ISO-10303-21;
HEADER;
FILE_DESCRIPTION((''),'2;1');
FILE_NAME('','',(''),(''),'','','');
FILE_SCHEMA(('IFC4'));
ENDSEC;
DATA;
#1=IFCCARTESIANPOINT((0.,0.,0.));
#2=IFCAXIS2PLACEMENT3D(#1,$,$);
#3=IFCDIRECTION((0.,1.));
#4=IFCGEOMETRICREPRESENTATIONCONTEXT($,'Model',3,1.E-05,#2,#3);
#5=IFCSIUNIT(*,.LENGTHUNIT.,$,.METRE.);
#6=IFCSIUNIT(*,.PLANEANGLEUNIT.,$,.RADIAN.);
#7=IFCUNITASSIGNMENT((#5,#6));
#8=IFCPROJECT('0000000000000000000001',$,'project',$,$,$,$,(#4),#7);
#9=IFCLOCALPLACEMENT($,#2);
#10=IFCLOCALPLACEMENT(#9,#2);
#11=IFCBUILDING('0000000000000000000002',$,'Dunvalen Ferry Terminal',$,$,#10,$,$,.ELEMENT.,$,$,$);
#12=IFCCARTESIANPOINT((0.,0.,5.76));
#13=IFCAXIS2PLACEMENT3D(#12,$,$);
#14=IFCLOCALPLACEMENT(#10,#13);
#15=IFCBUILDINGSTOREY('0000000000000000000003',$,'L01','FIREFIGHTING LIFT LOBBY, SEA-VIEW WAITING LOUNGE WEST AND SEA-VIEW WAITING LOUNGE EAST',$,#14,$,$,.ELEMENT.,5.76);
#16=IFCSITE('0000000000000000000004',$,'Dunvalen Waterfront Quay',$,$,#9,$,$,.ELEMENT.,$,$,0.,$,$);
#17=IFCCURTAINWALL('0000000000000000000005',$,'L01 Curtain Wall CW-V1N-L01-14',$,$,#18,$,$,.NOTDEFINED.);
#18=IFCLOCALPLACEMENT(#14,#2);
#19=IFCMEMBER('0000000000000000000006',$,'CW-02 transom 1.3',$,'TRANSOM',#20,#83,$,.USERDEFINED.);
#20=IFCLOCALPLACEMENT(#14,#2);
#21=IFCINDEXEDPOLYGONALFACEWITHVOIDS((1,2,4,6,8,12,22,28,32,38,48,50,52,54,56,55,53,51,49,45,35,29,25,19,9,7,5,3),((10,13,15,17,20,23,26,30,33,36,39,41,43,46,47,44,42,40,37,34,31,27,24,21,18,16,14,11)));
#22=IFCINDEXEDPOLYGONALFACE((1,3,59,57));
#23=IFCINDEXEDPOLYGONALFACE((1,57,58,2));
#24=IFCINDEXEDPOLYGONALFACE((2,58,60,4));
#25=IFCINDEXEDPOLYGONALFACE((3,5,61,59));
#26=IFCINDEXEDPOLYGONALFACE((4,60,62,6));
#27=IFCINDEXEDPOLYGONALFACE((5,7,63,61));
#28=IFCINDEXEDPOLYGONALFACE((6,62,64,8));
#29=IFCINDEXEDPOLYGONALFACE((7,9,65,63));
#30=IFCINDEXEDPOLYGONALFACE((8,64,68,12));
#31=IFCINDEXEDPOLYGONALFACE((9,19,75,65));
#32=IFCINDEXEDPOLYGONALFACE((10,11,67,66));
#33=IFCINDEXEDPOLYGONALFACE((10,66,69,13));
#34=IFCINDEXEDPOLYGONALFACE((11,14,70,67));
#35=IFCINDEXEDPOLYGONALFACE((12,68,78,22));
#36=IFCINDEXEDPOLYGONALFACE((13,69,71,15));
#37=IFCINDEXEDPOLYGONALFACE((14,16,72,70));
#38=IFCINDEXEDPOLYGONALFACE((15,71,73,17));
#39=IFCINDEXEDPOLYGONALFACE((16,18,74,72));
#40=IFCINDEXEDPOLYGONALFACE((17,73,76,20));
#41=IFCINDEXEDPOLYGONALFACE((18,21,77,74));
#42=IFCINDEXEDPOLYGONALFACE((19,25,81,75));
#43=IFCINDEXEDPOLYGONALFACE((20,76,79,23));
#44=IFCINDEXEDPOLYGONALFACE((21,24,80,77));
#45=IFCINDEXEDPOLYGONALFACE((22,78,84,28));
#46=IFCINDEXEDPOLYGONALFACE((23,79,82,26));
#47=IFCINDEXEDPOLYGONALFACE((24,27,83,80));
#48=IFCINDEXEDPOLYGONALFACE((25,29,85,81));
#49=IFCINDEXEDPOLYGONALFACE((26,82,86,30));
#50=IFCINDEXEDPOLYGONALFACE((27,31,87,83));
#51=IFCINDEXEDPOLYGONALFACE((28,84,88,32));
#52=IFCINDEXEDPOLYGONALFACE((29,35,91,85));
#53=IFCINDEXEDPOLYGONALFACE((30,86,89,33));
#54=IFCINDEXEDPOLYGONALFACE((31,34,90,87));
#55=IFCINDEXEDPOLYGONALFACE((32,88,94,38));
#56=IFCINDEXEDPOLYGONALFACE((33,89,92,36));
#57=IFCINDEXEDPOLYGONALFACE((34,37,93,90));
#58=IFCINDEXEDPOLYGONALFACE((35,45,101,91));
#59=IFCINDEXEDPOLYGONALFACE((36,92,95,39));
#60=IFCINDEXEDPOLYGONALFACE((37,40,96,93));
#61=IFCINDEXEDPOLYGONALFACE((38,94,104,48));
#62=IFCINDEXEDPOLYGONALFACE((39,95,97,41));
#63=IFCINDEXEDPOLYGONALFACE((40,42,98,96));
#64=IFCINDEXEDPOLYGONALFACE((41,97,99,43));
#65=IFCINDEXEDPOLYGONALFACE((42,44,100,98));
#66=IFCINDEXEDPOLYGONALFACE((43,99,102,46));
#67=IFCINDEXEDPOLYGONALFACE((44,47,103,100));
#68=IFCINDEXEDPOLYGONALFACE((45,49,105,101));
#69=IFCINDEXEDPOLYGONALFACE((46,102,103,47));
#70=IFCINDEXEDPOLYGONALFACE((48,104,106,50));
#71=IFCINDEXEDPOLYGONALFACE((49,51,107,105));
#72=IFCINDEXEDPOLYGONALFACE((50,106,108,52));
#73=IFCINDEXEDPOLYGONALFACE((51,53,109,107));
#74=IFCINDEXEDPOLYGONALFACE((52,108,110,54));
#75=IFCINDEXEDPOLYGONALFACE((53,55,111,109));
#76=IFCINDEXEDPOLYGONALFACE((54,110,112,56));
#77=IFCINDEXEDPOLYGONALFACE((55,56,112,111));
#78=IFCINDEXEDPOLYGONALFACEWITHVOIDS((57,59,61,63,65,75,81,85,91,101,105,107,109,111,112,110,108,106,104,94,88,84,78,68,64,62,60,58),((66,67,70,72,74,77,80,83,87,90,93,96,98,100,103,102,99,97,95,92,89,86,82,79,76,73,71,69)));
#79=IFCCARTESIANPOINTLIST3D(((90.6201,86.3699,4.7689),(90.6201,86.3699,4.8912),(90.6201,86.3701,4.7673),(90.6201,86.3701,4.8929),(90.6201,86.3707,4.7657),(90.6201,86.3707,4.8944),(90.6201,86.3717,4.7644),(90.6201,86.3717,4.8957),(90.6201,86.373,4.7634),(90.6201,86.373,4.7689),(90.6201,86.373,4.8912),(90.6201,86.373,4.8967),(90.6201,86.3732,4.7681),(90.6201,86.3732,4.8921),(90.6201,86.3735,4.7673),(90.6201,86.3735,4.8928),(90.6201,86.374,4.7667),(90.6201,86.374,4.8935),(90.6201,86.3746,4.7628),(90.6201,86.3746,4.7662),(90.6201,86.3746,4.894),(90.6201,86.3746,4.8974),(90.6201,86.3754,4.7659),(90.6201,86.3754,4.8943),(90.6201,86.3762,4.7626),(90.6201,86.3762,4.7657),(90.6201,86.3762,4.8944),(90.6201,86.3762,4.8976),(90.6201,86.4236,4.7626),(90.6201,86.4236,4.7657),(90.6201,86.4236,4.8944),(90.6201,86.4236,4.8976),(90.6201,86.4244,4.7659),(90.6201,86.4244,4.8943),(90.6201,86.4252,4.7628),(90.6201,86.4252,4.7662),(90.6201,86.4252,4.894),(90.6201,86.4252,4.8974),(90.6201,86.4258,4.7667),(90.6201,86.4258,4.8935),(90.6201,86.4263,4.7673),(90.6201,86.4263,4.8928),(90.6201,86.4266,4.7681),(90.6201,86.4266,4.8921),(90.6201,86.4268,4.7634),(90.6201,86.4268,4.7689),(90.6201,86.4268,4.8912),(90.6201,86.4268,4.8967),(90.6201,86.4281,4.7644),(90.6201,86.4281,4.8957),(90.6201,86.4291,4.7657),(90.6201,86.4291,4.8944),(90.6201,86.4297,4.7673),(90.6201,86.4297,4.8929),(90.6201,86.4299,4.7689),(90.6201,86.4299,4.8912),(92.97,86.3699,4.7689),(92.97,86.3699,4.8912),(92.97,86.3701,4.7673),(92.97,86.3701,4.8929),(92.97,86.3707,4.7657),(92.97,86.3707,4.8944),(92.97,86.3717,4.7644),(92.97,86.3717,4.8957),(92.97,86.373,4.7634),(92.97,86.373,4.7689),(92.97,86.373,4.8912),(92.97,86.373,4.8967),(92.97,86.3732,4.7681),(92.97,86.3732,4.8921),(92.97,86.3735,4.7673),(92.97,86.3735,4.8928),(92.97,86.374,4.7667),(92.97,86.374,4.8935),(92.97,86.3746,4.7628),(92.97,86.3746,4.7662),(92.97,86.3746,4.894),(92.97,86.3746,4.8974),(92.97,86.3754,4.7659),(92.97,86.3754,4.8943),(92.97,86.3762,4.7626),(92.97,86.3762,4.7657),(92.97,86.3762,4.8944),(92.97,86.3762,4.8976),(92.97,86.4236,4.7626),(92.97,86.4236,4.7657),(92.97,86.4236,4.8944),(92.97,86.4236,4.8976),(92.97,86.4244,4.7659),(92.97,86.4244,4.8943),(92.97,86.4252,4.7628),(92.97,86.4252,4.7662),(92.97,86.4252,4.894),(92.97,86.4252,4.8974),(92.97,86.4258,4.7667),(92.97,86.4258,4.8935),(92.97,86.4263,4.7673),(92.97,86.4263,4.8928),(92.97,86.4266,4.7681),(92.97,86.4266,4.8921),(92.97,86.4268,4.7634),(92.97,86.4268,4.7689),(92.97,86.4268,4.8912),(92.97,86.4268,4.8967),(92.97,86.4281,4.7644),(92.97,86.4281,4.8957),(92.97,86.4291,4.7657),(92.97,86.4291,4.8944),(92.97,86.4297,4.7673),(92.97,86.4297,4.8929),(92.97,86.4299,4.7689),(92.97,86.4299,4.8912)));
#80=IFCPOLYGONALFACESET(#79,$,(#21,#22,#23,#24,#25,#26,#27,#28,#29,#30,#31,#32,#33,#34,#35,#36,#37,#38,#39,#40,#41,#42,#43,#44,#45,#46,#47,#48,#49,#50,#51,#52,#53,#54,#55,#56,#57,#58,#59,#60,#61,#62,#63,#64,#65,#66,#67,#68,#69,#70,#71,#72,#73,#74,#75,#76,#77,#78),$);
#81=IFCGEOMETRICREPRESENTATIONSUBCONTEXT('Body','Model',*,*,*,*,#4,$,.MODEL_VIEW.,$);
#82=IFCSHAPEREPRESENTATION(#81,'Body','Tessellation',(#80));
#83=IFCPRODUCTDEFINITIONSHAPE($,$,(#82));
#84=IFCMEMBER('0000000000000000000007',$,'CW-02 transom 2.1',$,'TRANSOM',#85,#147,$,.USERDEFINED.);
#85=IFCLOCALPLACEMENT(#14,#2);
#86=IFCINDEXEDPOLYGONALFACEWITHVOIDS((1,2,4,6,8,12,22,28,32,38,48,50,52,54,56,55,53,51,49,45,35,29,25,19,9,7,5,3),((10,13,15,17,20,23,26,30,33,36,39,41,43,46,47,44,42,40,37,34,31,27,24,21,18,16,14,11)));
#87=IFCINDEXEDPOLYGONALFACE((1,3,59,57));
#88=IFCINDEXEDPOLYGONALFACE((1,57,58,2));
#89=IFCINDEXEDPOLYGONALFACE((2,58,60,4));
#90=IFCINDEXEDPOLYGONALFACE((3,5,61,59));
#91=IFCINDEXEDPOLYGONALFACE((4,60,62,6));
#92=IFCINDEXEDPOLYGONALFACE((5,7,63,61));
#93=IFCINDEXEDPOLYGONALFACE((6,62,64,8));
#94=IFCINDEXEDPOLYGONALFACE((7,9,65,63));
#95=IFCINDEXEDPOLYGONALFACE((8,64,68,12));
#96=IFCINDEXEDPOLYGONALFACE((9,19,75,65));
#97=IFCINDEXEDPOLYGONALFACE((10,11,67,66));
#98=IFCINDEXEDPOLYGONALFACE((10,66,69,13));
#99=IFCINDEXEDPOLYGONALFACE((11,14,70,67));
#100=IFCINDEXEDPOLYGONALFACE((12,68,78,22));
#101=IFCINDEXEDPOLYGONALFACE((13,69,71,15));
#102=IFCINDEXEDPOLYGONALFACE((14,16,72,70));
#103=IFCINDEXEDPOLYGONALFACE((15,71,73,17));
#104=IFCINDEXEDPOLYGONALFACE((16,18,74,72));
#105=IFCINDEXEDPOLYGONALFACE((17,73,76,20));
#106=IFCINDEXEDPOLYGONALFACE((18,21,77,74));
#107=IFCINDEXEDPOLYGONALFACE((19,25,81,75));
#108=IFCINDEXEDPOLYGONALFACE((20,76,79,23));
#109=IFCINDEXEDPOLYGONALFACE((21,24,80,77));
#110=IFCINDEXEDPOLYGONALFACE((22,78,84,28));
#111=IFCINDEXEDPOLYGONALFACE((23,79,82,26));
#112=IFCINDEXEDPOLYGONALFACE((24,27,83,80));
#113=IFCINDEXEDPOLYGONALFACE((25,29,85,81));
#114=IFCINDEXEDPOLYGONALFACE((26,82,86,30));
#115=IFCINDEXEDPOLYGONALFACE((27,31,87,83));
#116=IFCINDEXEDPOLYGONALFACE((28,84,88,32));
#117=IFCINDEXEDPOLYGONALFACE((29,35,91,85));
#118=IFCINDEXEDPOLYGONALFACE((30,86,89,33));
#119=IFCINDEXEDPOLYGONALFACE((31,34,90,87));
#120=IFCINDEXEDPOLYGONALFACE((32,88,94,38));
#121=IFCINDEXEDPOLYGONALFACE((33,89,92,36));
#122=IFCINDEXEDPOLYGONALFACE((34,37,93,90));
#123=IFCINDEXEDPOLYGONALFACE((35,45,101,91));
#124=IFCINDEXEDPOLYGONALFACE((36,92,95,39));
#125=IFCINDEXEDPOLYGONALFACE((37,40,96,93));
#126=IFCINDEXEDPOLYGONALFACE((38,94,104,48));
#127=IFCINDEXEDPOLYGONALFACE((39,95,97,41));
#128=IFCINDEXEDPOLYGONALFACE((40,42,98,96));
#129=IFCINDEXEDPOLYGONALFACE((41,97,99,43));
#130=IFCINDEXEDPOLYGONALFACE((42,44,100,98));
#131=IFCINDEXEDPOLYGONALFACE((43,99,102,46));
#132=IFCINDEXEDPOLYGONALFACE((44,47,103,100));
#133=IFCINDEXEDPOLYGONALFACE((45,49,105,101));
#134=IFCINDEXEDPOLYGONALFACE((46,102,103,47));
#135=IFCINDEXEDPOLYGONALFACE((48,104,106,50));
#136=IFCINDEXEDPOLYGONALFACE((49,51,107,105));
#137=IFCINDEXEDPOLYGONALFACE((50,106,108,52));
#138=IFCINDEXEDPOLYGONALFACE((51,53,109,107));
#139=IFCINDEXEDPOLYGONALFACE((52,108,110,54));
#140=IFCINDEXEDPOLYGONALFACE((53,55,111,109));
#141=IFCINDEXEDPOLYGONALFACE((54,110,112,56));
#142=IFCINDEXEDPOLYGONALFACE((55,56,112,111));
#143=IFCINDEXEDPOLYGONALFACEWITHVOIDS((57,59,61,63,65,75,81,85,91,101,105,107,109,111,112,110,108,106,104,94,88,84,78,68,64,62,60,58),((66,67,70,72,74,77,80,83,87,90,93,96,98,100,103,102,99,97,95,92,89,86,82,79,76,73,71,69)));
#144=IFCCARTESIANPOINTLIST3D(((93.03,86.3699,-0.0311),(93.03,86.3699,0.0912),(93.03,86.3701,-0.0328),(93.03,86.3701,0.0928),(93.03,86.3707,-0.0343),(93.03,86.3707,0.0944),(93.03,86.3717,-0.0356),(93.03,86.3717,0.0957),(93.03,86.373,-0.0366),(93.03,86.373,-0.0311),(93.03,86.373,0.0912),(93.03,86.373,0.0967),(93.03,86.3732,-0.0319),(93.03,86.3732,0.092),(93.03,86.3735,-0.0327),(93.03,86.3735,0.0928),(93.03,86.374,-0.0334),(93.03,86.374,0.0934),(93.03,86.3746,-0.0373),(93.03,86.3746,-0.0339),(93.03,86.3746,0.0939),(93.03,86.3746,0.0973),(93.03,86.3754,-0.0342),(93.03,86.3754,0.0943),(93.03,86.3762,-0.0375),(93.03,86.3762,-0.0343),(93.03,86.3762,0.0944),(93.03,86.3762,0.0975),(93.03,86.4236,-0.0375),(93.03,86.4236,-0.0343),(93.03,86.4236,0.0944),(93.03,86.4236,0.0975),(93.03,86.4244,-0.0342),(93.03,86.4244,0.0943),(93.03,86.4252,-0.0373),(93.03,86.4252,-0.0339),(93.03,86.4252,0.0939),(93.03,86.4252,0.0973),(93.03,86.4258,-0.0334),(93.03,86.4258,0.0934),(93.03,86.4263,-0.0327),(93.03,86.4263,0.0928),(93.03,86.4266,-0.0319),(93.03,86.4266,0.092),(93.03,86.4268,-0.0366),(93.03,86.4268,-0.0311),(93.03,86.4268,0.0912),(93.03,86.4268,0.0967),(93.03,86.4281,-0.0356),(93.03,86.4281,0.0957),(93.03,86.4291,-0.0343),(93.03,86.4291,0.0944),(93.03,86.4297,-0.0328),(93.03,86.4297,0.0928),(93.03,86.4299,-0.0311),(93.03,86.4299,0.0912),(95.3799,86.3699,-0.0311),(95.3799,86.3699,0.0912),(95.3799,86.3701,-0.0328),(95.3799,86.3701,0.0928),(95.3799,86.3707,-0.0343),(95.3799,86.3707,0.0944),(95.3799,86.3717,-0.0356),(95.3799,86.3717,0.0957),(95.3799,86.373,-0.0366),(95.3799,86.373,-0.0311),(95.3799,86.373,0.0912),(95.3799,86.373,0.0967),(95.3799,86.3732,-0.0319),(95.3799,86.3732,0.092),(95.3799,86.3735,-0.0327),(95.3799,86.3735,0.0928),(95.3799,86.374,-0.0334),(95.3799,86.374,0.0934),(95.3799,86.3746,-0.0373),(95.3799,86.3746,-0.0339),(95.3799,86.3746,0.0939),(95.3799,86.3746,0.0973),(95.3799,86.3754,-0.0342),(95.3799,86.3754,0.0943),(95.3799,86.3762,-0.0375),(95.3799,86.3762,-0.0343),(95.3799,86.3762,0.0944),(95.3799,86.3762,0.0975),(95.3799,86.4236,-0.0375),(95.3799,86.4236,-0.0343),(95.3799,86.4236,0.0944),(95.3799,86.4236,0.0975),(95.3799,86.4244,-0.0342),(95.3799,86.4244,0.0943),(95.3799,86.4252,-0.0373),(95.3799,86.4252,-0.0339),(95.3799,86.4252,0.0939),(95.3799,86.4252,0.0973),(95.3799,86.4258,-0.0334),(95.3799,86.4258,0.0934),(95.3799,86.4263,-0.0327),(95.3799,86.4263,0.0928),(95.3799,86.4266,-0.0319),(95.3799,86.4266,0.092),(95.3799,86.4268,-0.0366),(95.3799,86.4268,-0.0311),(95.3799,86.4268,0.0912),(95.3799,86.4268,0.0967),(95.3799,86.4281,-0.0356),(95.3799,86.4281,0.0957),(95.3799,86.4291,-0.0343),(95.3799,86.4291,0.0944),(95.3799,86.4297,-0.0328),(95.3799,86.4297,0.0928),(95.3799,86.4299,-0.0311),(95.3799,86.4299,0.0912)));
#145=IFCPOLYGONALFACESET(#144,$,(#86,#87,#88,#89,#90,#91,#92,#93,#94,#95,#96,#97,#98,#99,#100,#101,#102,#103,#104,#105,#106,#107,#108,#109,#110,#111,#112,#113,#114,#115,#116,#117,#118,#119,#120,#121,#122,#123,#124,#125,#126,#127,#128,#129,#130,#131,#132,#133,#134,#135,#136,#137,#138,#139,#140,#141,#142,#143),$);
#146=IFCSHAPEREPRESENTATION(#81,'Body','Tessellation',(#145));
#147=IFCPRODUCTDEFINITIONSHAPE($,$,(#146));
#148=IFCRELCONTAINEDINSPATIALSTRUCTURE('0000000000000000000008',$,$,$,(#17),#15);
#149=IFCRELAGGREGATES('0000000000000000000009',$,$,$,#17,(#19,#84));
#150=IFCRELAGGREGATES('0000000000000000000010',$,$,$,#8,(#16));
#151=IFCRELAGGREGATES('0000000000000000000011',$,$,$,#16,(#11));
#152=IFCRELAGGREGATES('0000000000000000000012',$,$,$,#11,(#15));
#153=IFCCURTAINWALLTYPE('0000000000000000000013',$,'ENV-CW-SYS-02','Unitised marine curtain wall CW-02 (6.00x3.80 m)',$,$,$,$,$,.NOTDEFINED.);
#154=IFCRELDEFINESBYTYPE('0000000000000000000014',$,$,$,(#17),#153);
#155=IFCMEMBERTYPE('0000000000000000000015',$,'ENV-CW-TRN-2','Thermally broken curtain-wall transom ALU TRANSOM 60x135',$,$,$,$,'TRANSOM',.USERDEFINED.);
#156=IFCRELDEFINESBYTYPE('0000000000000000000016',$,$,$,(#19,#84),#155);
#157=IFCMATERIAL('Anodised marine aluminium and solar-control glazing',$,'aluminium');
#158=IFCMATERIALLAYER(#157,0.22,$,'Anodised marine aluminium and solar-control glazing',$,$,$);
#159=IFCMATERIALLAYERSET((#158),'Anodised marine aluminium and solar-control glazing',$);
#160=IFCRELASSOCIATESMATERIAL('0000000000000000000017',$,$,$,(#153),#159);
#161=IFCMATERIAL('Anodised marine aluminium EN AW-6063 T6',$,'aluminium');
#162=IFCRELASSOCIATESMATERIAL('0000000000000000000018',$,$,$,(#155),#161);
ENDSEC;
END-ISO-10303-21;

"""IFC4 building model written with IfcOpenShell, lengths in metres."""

from ifc_helpers import new_model, si_unit, direction, frame, origin, origin_2d, place, context, subcontext, project, spatial, hollow_rectangle, extrude, material, layer, layer_set, material_profile, profile_set, type_object, element, aggregate, save


model = new_model("IFC4")

# Units and contexts
model_context = context("Model", 3, precision=1e-05, world=origin(), true_north=direction((0.0, 1.0)))
body_context = subcontext(model_context, "Body", "Model", "MODEL_VIEW")
ifc_project = project(units=[si_unit("LENGTHUNIT", "METRE"), si_unit("PLANEANGLEUNIT", "RADIAN")], contexts=[model_context])

# Site, building, storey
site_placement = place(None, origin())
site = spatial("IfcSite", under=ifc_project, at=site_placement, Name="Dunvalen Waterfront Quay", CompositionType="ELEMENT", RefElevation=0.0)
building_placement = place(site_placement, origin())
building = spatial("IfcBuilding", under=site, at=building_placement, Name="Dunvalen Ferry Terminal", CompositionType="ELEMENT")
storey_placement = place(building_placement, frame((0.0, 0.0, 5.76)))
storey = spatial("IfcBuildingStorey", under=building, at=storey_placement, Name="L01", Description="FIREFIGHTING LIFT LOBBY, SEA-VIEW WAITING LOUNGE WEST AND SEA-VIEW WAITING LOUNGE EAST", CompositionType="ELEMENT", Elevation=5.76)

# Curtain wall
ifc_material_1 = material(Name="Anodised marine aluminium and solar-control glazing", Category="aluminium")
ifc_layer_1 = layer(ifc_material_1, 0.22, Name="Anodised marine aluminium and solar-control glazing")
ifc_layer_set_1 = layer_set([ifc_layer_1], Name="Anodised marine aluminium and solar-control glazing")
curtain_wall_type_1 = type_object("IfcCurtainWallType", Name="ENV-CW-SYS-02", Description="Unitised marine curtain wall CW-02 (6.00x3.80 m)", PredefinedType="NOTDEFINED", material=ifc_layer_set_1)
ifc_material_2 = material(Name="Anodised marine aluminium EN AW-6063 T6", Category="aluminium")
curtain_wall_1_placement = place(storey_placement, origin())
curtain_wall_1 = element("IfcCurtainWall", 1, at=curtain_wall_1_placement, inside=storey, type_object=curtain_wall_type_1, Name="L01 Curtain Wall CW-V1N-L01-14", PredefinedType="NOTDEFINED")

# Members
ifc_material_profile_1 = material_profile(ifc_material_2, hollow_rectangle(XDim=0.0601, YDim=0.135, WallThickness=0.0032, InnerFilletRadius=0.0032, OuterFilletRadius=0.0063, at=origin_2d()), Name="Anodised marine aluminium EN AW-6063 T6")
ifc_profile_set_1 = profile_set([ifc_material_profile_1], Name="Anodised marine aluminium EN AW-6063 T6")
member_type_1 = type_object("IfcMemberType", Name="ENV-CW-TRN-2", Description="Thermally broken curtain-wall transom ALU TRANSOM 60x135", ElementType="TRANSOM", PredefinedType="USERDEFINED", material=ifc_profile_set_1)
member_1_placement = place(storey_placement, frame((90.6201, 86.3999, 4.8301), z_axis=(1.0, 0.0, 0.0), x_axis=(0.0, 1.0, 0.0)))
member_1 = element("IfcMember", 2, at=member_1_placement, type_object=member_type_1, Name="CW-02 transom 1.3", ObjectType="TRANSOM", PredefinedType="USERDEFINED", context=body_context, shape_type="SweptSolid", body=[
    extrude(hollow_rectangle(XDim=0.0601, YDim=0.135, WallThickness=0.0032, InnerFilletRadius=0.0032, OuterFilletRadius=0.0063, at=origin_2d()), origin(), (0.0, 0.0, 1.0), 2.3499),
])
member_2_placement = place(storey_placement, frame((93.03, 86.3999, 0.03), z_axis=(1.0, 0.0, 0.0), x_axis=(0.0, 1.0, 0.0)))
member_2 = element("IfcMember", 3, at=member_2_placement, type_object=member_type_1, Name="CW-02 transom 2.1", ObjectType="TRANSOM", PredefinedType="USERDEFINED", context=body_context, shape_type="SweptSolid", body=[
    extrude(hollow_rectangle(XDim=0.0601, YDim=0.135, WallThickness=0.0032, InnerFilletRadius=0.0032, OuterFilletRadius=0.0063, at=origin_2d()), origin(), (0.0, 0.0, 1.0), 2.3499),
])

aggregate(curtain_wall_1, [member_1, member_2])

save(model, "model.ifc")
